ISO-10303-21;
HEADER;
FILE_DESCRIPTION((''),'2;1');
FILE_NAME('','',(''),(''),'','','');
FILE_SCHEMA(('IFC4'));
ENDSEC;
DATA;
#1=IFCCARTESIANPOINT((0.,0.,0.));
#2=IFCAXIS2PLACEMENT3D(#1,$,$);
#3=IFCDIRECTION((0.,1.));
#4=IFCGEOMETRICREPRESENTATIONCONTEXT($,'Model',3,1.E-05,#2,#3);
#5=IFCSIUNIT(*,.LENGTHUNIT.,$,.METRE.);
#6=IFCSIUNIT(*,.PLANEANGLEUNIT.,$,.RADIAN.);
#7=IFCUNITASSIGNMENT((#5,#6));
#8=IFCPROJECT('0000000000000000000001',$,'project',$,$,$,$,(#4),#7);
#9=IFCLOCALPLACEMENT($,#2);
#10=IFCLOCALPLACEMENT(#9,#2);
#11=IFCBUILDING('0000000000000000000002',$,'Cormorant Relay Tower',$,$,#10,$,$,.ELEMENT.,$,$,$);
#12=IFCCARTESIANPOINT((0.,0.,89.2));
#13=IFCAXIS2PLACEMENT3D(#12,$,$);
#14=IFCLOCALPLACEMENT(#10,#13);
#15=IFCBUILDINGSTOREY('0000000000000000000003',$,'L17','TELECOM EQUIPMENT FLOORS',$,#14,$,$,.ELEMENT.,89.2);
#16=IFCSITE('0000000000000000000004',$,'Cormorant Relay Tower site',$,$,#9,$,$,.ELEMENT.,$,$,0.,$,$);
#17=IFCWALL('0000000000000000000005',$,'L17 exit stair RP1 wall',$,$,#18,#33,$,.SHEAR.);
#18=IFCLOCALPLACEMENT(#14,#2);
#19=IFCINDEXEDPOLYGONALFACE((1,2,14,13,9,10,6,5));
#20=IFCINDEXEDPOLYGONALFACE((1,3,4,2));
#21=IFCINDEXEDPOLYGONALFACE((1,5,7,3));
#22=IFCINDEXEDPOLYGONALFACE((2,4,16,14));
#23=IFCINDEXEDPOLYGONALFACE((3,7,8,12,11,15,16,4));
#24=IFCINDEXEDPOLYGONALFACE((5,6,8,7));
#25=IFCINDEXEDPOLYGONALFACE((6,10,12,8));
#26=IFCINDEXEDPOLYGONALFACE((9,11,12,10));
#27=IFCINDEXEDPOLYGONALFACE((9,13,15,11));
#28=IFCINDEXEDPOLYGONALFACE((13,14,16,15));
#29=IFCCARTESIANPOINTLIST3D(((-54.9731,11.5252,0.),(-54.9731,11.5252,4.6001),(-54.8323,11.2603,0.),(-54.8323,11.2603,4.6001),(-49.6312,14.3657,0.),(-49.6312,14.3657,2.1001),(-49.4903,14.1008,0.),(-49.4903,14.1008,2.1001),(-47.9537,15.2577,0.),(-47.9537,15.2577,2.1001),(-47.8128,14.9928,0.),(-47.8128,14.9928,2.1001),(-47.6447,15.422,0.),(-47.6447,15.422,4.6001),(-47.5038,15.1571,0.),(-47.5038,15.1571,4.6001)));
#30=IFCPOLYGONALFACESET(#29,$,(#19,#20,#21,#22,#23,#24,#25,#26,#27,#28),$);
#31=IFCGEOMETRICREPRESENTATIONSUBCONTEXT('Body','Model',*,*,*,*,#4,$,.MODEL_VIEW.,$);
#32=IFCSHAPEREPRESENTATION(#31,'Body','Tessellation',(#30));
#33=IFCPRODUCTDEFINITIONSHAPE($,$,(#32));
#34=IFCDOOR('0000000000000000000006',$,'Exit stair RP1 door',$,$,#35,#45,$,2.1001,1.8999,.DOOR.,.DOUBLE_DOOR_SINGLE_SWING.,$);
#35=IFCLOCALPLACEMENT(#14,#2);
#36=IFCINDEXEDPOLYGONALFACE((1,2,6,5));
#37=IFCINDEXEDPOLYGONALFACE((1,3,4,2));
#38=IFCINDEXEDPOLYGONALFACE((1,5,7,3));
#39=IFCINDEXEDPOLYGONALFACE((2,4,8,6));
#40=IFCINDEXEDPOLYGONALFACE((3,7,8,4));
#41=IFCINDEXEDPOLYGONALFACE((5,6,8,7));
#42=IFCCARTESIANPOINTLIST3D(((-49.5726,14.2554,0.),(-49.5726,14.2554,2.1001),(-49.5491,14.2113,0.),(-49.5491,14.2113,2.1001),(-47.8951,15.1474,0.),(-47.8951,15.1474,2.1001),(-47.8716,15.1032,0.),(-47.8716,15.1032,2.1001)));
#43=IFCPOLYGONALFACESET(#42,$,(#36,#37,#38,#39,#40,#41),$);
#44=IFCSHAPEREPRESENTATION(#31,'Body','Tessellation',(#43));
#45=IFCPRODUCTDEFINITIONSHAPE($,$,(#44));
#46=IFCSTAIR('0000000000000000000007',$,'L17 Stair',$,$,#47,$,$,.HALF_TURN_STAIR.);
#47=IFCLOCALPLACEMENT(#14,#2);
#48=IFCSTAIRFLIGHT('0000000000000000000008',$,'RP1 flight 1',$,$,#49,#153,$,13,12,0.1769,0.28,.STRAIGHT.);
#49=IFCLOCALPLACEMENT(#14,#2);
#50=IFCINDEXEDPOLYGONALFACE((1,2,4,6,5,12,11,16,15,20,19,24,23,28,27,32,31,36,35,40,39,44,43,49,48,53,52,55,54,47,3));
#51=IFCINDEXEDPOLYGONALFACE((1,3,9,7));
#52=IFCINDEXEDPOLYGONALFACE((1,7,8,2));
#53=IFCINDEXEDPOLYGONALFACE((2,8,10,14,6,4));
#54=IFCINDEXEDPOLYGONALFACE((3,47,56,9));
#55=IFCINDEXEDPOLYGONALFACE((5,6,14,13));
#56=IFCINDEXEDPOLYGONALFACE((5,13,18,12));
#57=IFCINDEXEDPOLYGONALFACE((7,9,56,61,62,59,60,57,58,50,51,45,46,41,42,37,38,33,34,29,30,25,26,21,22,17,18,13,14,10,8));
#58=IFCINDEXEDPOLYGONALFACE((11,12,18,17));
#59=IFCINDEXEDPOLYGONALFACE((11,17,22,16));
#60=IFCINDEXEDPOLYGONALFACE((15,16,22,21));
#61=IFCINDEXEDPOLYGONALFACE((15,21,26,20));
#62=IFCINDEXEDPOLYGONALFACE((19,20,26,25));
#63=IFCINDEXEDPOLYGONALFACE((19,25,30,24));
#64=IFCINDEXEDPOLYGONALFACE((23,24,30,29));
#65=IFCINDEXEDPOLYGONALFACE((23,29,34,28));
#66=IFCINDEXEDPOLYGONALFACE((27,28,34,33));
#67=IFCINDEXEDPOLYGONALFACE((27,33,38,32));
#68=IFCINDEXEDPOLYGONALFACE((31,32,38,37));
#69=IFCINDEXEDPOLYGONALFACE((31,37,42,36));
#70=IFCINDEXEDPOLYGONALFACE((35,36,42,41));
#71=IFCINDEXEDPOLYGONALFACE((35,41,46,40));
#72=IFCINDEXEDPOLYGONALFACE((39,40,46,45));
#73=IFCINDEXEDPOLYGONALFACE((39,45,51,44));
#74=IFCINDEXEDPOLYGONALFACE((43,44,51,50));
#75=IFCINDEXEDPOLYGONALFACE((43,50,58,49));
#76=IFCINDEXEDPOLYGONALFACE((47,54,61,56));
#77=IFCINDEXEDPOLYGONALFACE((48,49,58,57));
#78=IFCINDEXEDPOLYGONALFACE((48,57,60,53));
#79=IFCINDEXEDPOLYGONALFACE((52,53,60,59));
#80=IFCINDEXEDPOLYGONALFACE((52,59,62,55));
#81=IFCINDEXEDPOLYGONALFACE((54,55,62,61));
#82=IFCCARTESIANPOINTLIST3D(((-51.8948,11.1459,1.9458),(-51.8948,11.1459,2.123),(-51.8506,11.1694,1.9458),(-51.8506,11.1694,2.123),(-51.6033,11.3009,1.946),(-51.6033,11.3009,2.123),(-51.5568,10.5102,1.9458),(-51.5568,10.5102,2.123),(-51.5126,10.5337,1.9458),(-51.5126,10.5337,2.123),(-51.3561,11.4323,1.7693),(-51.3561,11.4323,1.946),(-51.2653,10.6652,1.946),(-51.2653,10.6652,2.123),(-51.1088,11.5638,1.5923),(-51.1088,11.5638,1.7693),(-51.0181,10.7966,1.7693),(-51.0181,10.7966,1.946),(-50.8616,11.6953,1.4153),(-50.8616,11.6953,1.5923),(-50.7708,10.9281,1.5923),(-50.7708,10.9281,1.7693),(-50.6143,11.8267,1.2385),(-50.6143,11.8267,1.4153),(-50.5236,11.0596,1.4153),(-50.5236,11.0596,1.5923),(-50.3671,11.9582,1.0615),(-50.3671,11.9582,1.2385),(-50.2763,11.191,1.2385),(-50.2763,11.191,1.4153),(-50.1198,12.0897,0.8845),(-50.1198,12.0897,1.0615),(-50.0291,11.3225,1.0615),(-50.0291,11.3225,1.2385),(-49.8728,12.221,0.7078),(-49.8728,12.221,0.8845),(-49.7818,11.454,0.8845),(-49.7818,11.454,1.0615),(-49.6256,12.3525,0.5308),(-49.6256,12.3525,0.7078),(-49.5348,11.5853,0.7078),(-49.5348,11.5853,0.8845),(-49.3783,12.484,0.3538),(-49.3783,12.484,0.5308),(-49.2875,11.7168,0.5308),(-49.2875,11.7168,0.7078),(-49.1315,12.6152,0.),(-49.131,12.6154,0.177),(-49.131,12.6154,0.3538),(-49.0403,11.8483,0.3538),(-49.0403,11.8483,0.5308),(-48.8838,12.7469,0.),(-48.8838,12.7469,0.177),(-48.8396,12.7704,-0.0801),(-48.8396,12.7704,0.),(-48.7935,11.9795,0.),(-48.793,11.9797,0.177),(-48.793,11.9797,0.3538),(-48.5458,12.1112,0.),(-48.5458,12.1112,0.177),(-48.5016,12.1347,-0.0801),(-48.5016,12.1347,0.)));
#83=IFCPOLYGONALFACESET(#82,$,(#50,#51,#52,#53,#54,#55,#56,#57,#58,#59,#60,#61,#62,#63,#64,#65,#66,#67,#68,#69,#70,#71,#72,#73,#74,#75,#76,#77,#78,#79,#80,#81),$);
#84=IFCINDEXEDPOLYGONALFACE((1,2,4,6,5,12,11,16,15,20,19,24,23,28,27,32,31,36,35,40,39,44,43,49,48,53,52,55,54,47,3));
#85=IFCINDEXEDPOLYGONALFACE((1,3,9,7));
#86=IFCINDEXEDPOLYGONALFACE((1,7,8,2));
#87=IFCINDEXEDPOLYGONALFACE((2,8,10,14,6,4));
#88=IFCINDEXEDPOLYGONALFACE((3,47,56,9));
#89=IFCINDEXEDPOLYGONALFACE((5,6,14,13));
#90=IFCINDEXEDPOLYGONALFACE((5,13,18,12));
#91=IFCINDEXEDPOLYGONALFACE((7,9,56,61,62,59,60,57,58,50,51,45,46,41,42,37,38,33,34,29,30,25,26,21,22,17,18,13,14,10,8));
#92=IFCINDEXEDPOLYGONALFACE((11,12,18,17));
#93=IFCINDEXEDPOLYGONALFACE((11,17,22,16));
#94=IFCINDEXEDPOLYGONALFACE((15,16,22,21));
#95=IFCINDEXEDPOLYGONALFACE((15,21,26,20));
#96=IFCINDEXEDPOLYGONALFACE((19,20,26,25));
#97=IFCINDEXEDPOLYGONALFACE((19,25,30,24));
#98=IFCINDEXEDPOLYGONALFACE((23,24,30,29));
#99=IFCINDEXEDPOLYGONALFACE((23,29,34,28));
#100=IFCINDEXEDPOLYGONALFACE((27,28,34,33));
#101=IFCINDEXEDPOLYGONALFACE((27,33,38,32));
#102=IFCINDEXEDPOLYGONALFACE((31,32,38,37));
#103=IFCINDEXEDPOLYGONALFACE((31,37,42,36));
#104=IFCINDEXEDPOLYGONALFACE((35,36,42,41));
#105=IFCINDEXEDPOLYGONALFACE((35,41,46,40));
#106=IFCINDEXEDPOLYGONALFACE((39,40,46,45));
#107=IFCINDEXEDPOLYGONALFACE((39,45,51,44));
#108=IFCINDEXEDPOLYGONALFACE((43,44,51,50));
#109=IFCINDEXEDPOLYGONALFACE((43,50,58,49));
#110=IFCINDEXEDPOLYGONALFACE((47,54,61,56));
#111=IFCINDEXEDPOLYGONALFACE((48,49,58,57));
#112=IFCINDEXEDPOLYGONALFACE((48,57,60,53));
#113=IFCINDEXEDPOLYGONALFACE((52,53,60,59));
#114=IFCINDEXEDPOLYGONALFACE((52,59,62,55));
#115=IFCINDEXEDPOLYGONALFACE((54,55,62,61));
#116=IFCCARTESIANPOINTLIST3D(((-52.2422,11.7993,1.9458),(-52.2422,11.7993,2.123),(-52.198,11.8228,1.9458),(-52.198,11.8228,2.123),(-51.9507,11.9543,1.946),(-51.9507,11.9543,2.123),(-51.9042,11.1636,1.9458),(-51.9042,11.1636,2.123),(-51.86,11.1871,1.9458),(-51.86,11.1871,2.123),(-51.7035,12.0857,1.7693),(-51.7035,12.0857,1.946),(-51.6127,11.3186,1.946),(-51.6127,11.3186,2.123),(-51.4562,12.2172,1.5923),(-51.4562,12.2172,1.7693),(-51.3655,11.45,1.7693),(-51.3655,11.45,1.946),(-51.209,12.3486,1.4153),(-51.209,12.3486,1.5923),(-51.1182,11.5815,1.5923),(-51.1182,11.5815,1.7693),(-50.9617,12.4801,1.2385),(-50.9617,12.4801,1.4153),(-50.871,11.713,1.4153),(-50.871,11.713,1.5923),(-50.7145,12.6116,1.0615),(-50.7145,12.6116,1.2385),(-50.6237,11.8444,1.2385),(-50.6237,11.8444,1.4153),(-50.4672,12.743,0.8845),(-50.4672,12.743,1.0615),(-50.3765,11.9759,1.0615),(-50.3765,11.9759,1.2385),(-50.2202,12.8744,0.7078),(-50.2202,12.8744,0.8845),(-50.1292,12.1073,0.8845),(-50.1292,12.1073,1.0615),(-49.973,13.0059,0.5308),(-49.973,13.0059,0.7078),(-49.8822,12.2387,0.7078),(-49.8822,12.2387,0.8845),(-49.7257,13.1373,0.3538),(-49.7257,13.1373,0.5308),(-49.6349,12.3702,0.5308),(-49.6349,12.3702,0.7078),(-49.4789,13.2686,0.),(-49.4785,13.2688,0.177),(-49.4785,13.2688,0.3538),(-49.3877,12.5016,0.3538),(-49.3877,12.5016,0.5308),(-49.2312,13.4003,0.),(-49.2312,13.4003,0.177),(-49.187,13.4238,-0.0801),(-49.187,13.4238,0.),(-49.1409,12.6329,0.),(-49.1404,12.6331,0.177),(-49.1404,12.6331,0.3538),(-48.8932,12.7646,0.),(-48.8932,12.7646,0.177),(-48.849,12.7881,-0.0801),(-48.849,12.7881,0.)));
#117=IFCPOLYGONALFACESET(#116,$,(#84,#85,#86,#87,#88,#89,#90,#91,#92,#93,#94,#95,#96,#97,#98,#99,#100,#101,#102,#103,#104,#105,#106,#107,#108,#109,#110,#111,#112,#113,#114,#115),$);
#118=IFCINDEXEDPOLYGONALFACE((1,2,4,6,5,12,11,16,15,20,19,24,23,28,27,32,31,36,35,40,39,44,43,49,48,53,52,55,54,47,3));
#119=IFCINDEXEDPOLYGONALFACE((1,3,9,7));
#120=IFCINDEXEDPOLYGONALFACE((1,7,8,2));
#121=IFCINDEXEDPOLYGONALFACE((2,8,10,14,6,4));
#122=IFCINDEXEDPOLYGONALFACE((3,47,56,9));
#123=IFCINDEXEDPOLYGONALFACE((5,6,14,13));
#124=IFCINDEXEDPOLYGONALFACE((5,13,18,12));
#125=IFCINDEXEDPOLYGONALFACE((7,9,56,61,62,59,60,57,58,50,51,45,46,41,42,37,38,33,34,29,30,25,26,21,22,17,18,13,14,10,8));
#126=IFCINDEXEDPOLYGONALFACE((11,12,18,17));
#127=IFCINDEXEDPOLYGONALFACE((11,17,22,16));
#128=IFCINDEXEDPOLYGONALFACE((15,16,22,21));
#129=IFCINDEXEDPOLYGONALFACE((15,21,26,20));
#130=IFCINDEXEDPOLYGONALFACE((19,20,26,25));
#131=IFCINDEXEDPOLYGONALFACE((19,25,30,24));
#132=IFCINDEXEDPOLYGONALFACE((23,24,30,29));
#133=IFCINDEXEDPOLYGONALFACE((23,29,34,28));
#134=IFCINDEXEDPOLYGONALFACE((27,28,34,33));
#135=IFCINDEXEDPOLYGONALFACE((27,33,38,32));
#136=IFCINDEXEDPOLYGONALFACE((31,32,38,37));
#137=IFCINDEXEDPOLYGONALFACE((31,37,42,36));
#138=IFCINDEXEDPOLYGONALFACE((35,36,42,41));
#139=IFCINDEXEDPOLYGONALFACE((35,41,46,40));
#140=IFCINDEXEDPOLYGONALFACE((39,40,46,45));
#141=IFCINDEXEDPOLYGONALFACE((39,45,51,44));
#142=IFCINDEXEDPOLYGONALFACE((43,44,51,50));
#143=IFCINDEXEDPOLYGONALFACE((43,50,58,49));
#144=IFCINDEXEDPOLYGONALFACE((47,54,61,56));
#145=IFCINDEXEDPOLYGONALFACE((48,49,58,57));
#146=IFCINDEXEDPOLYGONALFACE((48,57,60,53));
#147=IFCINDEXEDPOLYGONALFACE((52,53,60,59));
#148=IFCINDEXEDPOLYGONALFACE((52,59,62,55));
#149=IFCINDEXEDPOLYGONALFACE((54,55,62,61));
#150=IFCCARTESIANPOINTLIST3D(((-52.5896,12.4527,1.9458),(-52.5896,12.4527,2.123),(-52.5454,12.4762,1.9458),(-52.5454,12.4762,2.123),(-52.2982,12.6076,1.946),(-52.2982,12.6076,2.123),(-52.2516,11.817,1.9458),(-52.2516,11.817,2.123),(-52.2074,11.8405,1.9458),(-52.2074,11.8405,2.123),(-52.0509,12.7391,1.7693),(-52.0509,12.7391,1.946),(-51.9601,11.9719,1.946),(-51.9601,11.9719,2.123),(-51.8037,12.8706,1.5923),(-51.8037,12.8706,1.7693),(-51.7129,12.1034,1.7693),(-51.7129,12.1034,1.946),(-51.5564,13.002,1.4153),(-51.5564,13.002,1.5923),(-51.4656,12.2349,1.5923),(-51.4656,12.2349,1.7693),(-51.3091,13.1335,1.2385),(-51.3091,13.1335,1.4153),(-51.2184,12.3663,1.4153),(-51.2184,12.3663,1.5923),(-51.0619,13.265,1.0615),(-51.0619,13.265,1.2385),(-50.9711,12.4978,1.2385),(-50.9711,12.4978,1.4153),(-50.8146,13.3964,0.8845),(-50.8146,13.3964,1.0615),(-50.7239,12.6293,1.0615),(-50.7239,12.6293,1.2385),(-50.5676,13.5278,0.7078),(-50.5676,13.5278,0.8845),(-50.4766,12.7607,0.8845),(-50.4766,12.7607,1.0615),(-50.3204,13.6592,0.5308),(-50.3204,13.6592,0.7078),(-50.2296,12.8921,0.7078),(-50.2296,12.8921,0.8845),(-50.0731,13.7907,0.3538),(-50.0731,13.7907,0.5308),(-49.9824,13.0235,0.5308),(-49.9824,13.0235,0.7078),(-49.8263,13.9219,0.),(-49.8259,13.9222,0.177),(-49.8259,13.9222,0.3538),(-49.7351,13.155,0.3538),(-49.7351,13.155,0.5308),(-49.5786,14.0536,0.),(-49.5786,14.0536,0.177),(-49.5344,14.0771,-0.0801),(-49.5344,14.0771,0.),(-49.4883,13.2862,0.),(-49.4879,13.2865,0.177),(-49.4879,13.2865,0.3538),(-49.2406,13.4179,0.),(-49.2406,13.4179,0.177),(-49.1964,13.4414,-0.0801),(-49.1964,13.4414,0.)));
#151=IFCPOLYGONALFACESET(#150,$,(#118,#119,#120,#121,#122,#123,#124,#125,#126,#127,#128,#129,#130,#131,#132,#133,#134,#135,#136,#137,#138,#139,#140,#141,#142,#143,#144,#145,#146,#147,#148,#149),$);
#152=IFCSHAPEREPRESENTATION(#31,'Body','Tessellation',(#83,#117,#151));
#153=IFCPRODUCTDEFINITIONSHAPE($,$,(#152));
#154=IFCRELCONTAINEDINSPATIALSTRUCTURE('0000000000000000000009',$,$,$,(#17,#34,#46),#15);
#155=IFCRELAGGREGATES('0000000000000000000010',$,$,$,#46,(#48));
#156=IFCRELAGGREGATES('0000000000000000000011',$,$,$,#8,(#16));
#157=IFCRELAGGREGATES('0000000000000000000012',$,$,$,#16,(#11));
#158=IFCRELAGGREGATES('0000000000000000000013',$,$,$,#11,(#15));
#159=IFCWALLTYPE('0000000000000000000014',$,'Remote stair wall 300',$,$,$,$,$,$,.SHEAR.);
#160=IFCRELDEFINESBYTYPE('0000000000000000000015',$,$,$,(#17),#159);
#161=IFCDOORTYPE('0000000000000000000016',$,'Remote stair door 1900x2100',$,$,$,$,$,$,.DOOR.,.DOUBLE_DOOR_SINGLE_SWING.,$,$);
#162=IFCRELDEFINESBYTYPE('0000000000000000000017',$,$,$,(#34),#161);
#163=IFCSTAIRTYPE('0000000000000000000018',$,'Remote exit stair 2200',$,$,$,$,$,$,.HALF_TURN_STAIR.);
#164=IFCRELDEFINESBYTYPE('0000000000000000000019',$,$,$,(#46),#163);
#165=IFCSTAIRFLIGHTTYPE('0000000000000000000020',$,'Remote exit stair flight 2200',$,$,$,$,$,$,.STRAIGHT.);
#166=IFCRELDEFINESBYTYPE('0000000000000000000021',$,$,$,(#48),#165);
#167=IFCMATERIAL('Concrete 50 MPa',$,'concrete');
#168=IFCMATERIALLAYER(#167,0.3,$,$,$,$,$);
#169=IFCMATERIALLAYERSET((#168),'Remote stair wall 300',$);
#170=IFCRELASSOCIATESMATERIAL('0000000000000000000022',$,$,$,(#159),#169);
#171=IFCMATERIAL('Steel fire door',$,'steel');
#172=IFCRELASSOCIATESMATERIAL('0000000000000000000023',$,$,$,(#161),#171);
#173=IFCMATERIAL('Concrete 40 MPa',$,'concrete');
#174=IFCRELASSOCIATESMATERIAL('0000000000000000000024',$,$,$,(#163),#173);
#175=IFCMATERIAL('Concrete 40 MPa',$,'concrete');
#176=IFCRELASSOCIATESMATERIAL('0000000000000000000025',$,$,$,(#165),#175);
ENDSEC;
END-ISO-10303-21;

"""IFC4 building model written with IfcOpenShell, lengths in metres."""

from ifc_helpers import new_model, si_unit, direction, frame, frame_2d, origin, place, context, subcontext, project, spatial, polyline, rectangle, outline, extrude, material, layer, layer_set, type_object, element, fill, aggregate, save


model = new_model("IFC4")

# Units and contexts
model_context = context("Model", 3, precision=1e-05, world=origin(), true_north=direction((0.0, 1.0)))
body_context = subcontext(model_context, "Body", "Model", "MODEL_VIEW")
ifc_project = project(units=[si_unit("LENGTHUNIT", "METRE"), si_unit("PLANEANGLEUNIT", "RADIAN")], contexts=[model_context])

# Site, building, storey
site_placement = place(None, origin())
site = spatial("IfcSite", under=ifc_project, at=site_placement, Name="Cormorant Relay Tower site", CompositionType="ELEMENT", RefElevation=0.0)
building_placement = place(site_placement, origin())
building = spatial("IfcBuilding", under=site, at=building_placement, Name="Cormorant Relay Tower", CompositionType="ELEMENT")
storey_placement = place(building_placement, frame((0.0, 0.0, 89.2)))
storey = spatial("IfcBuildingStorey", under=building, at=storey_placement, Name="L17", Description="TELECOM EQUIPMENT FLOORS", CompositionType="ELEMENT", Elevation=89.2)

# Shared definitions
ifc_material_1 = material(Name="Concrete 50 MPa", Category="concrete")
ifc_layer_1 = layer(ifc_material_1, 0.3)
ifc_layer_set_1 = layer_set([ifc_layer_1], Name="Remote stair wall 300")
wall_type_1 = type_object("IfcWallType", Name="Remote stair wall 300", PredefinedType="SHEAR", material=ifc_layer_set_1)

# Wall, opening, door
wall_1_placement = place(storey_placement, frame((-54.9026, 11.3928, 0.0), z_axis=(0.0, 0.0, 1.0), x_axis=(0.882939, 0.469487, 0.0)))
wall_1 = element("IfcWall", 1, at=wall_1_placement, inside=storey, type_object=wall_type_1, Name="L17 exit stair RP1 wall", PredefinedType="SHEAR", context=body_context, shape_type="SweptSolid", body=[
    extrude(rectangle(XDim=8.3, YDim=0.3, at=frame_2d((4.1499, 0.0))), origin(), (0.0, 0.0, 1.0), 4.6001),
])
opening_placement = place(wall_1_placement, frame((6.05, 0.0, 0.0)))
opening = element("IfcOpeningElement", 2, at=opening_placement, cuts=wall_1, PredefinedType="OPENING", context=body_context, shape_type="SweptSolid", body=[
    extrude(rectangle(XDim=1.8999, YDim=2.1001, at=frame_2d((0.95, 1.05))), frame((0.0, 0.1599, 0.0), z_axis=(0.0, -1.0, 0.0), x_axis=(1.0, 0.0, 0.0)), (0.0, 0.0, 1.0), 0.3201),
])
ifc_material_2 = material(Name="Steel fire door", Category="steel")
door_type = type_object("IfcDoorType", Name="Remote stair door 1900x2100", OperationType="DOUBLE_DOOR_SINGLE_SWING", PredefinedType="DOOR", material=ifc_material_2)
door_placement = place(opening_placement, frame((1.8999, 0.0, 0.0), z_axis=(0.0, 0.0, 1.0), x_axis=(-1.0, 0.0, 0.0)))
door = element("IfcDoor", 3, at=door_placement, inside=storey, type_object=door_type, Name="Exit stair RP1 door", OperationType="DOUBLE_DOOR_SINGLE_SWING", OverallHeight=2.1001, OverallWidth=1.8999, PredefinedType="DOOR", context=body_context, shape_type="SweptSolid", body=[
    extrude(rectangle(XDim=1.8999, YDim=2.1001, at=frame_2d((0.95, 1.05))), frame((0.0, 0.0249, 0.0), z_axis=(0.0, -1.0, 0.0), x_axis=(1.0, 0.0, 0.0)), (0.0, 0.0, 1.0), 0.05),
])
fill(opening, door)

# Stair, stair flight
ifc_material_3 = material(Name="Concrete 40 MPa", Category="concrete")
stair_type = type_object("IfcStairType", Name="Remote exit stair 2200", PredefinedType="HALF_TURN_STAIR", material=ifc_material_3)
stair_placement = place(storey_placement, origin())
stair = element("IfcStair", 4, at=stair_placement, inside=storey, type_object=stair_type, Name="L17 Stair", PredefinedType="HALF_TURN_STAIR")
ifc_material_4 = material(Name="Concrete 40 MPa", Category="concrete")
stair_flight_type = type_object("IfcStairFlightType", Name="Remote exit stair flight 2200", PredefinedType="STRAIGHT", material=ifc_material_4)
stair_flight_1_placement = place(storey_placement, frame((-49.0623, 13.0825, 0.0), z_axis=(0.0, 0.0, 1.0), x_axis=(-0.882948, -0.469472, 0.0)))
stair_flight_1 = element("IfcStairFlight", 5, at=stair_flight_1_placement, type_object=stair_flight_type, Name="RP1 flight 1", NumberOfRisers=13, NumberOfTreads=12, PredefinedType="STRAIGHT", RiserHeight=0.1769, TreadLength=0.28, context=body_context, shape_type="SweptSolid", body=[
    extrude(outline(polyline([(-0.05, -0.0801), (-0.05, 0.0), (0.0, 0.0), (0.0, 0.177), (0.28, 0.177), (0.28, 0.3538), (0.5601, 0.3538), (0.5601, 0.5308), (0.8401, 0.5308), (0.8401, 0.7078), (1.1201, 0.7078), (1.1201, 0.8845), (1.3999, 0.8845), (1.3999, 1.0615), (1.6799, 1.0615), (1.6799, 1.2385), (1.96, 1.2385), (1.96, 1.4153), (2.24, 1.4153), (2.24, 1.5923), (2.52, 1.5923), (2.52, 1.7693), (2.8, 1.7693), (2.8, 1.946), (3.0801, 1.946), (3.0801, 2.123), (3.3601, 2.123), (3.4102, 2.123), (3.4102, 1.9458), (3.3601, 1.9458), (0.2805, 0.0), (-0.05, -0.0801)])), frame((0.0, 1.1001, 0.0), z_axis=(0.0, -1.0, 0.0), x_axis=(1.0, 0.0, 0.0)), (0.0, 0.0, 1.0), 0.72),
    extrude(outline(polyline([(-0.05, -0.0801), (-0.05, 0.0), (0.0, 0.0), (0.0, 0.177), (0.28, 0.177), (0.28, 0.3538), (0.5601, 0.3538), (0.5601, 0.5308), (0.8401, 0.5308), (0.8401, 0.7078), (1.1201, 0.7078), (1.1201, 0.8845), (1.3999, 0.8845), (1.3999, 1.0615), (1.6799, 1.0615), (1.6799, 1.2385), (1.96, 1.2385), (1.96, 1.4153), (2.24, 1.4153), (2.24, 1.5923), (2.52, 1.5923), (2.52, 1.7693), (2.8, 1.7693), (2.8, 1.946), (3.0801, 1.946), (3.0801, 2.123), (3.3601, 2.123), (3.4102, 2.123), (3.4102, 1.9458), (3.3601, 1.9458), (0.2805, 0.0), (-0.05, -0.0801)])), frame((0.0, 0.3601, 0.0), z_axis=(0.0, -1.0, 0.0), x_axis=(1.0, 0.0, 0.0)), (0.0, 0.0, 1.0), 0.72),
    extrude(outline(polyline([(-0.05, -0.0801), (-0.05, 0.0), (0.0, 0.0), (0.0, 0.177), (0.28, 0.177), (0.28, 0.3538), (0.5601, 0.3538), (0.5601, 0.5308), (0.8401, 0.5308), (0.8401, 0.7078), (1.1201, 0.7078), (1.1201, 0.8845), (1.3999, 0.8845), (1.3999, 1.0615), (1.6799, 1.0615), (1.6799, 1.2385), (1.96, 1.2385), (1.96, 1.4153), (2.24, 1.4153), (2.24, 1.5923), (2.52, 1.5923), (2.52, 1.7693), (2.8, 1.7693), (2.8, 1.946), (3.0801, 1.946), (3.0801, 2.123), (3.3601, 2.123), (3.4102, 2.123), (3.4102, 1.9458), (3.3601, 1.9458), (0.2805, 0.0), (-0.05, -0.0801)])), frame((0.0, -0.3799, 0.0), z_axis=(0.0, -1.0, 0.0), x_axis=(1.0, 0.0, 0.0)), (0.0, 0.0, 1.0), 0.72),
])
aggregate(stair, [stair_flight_1])

save(model, "model.ifc")
